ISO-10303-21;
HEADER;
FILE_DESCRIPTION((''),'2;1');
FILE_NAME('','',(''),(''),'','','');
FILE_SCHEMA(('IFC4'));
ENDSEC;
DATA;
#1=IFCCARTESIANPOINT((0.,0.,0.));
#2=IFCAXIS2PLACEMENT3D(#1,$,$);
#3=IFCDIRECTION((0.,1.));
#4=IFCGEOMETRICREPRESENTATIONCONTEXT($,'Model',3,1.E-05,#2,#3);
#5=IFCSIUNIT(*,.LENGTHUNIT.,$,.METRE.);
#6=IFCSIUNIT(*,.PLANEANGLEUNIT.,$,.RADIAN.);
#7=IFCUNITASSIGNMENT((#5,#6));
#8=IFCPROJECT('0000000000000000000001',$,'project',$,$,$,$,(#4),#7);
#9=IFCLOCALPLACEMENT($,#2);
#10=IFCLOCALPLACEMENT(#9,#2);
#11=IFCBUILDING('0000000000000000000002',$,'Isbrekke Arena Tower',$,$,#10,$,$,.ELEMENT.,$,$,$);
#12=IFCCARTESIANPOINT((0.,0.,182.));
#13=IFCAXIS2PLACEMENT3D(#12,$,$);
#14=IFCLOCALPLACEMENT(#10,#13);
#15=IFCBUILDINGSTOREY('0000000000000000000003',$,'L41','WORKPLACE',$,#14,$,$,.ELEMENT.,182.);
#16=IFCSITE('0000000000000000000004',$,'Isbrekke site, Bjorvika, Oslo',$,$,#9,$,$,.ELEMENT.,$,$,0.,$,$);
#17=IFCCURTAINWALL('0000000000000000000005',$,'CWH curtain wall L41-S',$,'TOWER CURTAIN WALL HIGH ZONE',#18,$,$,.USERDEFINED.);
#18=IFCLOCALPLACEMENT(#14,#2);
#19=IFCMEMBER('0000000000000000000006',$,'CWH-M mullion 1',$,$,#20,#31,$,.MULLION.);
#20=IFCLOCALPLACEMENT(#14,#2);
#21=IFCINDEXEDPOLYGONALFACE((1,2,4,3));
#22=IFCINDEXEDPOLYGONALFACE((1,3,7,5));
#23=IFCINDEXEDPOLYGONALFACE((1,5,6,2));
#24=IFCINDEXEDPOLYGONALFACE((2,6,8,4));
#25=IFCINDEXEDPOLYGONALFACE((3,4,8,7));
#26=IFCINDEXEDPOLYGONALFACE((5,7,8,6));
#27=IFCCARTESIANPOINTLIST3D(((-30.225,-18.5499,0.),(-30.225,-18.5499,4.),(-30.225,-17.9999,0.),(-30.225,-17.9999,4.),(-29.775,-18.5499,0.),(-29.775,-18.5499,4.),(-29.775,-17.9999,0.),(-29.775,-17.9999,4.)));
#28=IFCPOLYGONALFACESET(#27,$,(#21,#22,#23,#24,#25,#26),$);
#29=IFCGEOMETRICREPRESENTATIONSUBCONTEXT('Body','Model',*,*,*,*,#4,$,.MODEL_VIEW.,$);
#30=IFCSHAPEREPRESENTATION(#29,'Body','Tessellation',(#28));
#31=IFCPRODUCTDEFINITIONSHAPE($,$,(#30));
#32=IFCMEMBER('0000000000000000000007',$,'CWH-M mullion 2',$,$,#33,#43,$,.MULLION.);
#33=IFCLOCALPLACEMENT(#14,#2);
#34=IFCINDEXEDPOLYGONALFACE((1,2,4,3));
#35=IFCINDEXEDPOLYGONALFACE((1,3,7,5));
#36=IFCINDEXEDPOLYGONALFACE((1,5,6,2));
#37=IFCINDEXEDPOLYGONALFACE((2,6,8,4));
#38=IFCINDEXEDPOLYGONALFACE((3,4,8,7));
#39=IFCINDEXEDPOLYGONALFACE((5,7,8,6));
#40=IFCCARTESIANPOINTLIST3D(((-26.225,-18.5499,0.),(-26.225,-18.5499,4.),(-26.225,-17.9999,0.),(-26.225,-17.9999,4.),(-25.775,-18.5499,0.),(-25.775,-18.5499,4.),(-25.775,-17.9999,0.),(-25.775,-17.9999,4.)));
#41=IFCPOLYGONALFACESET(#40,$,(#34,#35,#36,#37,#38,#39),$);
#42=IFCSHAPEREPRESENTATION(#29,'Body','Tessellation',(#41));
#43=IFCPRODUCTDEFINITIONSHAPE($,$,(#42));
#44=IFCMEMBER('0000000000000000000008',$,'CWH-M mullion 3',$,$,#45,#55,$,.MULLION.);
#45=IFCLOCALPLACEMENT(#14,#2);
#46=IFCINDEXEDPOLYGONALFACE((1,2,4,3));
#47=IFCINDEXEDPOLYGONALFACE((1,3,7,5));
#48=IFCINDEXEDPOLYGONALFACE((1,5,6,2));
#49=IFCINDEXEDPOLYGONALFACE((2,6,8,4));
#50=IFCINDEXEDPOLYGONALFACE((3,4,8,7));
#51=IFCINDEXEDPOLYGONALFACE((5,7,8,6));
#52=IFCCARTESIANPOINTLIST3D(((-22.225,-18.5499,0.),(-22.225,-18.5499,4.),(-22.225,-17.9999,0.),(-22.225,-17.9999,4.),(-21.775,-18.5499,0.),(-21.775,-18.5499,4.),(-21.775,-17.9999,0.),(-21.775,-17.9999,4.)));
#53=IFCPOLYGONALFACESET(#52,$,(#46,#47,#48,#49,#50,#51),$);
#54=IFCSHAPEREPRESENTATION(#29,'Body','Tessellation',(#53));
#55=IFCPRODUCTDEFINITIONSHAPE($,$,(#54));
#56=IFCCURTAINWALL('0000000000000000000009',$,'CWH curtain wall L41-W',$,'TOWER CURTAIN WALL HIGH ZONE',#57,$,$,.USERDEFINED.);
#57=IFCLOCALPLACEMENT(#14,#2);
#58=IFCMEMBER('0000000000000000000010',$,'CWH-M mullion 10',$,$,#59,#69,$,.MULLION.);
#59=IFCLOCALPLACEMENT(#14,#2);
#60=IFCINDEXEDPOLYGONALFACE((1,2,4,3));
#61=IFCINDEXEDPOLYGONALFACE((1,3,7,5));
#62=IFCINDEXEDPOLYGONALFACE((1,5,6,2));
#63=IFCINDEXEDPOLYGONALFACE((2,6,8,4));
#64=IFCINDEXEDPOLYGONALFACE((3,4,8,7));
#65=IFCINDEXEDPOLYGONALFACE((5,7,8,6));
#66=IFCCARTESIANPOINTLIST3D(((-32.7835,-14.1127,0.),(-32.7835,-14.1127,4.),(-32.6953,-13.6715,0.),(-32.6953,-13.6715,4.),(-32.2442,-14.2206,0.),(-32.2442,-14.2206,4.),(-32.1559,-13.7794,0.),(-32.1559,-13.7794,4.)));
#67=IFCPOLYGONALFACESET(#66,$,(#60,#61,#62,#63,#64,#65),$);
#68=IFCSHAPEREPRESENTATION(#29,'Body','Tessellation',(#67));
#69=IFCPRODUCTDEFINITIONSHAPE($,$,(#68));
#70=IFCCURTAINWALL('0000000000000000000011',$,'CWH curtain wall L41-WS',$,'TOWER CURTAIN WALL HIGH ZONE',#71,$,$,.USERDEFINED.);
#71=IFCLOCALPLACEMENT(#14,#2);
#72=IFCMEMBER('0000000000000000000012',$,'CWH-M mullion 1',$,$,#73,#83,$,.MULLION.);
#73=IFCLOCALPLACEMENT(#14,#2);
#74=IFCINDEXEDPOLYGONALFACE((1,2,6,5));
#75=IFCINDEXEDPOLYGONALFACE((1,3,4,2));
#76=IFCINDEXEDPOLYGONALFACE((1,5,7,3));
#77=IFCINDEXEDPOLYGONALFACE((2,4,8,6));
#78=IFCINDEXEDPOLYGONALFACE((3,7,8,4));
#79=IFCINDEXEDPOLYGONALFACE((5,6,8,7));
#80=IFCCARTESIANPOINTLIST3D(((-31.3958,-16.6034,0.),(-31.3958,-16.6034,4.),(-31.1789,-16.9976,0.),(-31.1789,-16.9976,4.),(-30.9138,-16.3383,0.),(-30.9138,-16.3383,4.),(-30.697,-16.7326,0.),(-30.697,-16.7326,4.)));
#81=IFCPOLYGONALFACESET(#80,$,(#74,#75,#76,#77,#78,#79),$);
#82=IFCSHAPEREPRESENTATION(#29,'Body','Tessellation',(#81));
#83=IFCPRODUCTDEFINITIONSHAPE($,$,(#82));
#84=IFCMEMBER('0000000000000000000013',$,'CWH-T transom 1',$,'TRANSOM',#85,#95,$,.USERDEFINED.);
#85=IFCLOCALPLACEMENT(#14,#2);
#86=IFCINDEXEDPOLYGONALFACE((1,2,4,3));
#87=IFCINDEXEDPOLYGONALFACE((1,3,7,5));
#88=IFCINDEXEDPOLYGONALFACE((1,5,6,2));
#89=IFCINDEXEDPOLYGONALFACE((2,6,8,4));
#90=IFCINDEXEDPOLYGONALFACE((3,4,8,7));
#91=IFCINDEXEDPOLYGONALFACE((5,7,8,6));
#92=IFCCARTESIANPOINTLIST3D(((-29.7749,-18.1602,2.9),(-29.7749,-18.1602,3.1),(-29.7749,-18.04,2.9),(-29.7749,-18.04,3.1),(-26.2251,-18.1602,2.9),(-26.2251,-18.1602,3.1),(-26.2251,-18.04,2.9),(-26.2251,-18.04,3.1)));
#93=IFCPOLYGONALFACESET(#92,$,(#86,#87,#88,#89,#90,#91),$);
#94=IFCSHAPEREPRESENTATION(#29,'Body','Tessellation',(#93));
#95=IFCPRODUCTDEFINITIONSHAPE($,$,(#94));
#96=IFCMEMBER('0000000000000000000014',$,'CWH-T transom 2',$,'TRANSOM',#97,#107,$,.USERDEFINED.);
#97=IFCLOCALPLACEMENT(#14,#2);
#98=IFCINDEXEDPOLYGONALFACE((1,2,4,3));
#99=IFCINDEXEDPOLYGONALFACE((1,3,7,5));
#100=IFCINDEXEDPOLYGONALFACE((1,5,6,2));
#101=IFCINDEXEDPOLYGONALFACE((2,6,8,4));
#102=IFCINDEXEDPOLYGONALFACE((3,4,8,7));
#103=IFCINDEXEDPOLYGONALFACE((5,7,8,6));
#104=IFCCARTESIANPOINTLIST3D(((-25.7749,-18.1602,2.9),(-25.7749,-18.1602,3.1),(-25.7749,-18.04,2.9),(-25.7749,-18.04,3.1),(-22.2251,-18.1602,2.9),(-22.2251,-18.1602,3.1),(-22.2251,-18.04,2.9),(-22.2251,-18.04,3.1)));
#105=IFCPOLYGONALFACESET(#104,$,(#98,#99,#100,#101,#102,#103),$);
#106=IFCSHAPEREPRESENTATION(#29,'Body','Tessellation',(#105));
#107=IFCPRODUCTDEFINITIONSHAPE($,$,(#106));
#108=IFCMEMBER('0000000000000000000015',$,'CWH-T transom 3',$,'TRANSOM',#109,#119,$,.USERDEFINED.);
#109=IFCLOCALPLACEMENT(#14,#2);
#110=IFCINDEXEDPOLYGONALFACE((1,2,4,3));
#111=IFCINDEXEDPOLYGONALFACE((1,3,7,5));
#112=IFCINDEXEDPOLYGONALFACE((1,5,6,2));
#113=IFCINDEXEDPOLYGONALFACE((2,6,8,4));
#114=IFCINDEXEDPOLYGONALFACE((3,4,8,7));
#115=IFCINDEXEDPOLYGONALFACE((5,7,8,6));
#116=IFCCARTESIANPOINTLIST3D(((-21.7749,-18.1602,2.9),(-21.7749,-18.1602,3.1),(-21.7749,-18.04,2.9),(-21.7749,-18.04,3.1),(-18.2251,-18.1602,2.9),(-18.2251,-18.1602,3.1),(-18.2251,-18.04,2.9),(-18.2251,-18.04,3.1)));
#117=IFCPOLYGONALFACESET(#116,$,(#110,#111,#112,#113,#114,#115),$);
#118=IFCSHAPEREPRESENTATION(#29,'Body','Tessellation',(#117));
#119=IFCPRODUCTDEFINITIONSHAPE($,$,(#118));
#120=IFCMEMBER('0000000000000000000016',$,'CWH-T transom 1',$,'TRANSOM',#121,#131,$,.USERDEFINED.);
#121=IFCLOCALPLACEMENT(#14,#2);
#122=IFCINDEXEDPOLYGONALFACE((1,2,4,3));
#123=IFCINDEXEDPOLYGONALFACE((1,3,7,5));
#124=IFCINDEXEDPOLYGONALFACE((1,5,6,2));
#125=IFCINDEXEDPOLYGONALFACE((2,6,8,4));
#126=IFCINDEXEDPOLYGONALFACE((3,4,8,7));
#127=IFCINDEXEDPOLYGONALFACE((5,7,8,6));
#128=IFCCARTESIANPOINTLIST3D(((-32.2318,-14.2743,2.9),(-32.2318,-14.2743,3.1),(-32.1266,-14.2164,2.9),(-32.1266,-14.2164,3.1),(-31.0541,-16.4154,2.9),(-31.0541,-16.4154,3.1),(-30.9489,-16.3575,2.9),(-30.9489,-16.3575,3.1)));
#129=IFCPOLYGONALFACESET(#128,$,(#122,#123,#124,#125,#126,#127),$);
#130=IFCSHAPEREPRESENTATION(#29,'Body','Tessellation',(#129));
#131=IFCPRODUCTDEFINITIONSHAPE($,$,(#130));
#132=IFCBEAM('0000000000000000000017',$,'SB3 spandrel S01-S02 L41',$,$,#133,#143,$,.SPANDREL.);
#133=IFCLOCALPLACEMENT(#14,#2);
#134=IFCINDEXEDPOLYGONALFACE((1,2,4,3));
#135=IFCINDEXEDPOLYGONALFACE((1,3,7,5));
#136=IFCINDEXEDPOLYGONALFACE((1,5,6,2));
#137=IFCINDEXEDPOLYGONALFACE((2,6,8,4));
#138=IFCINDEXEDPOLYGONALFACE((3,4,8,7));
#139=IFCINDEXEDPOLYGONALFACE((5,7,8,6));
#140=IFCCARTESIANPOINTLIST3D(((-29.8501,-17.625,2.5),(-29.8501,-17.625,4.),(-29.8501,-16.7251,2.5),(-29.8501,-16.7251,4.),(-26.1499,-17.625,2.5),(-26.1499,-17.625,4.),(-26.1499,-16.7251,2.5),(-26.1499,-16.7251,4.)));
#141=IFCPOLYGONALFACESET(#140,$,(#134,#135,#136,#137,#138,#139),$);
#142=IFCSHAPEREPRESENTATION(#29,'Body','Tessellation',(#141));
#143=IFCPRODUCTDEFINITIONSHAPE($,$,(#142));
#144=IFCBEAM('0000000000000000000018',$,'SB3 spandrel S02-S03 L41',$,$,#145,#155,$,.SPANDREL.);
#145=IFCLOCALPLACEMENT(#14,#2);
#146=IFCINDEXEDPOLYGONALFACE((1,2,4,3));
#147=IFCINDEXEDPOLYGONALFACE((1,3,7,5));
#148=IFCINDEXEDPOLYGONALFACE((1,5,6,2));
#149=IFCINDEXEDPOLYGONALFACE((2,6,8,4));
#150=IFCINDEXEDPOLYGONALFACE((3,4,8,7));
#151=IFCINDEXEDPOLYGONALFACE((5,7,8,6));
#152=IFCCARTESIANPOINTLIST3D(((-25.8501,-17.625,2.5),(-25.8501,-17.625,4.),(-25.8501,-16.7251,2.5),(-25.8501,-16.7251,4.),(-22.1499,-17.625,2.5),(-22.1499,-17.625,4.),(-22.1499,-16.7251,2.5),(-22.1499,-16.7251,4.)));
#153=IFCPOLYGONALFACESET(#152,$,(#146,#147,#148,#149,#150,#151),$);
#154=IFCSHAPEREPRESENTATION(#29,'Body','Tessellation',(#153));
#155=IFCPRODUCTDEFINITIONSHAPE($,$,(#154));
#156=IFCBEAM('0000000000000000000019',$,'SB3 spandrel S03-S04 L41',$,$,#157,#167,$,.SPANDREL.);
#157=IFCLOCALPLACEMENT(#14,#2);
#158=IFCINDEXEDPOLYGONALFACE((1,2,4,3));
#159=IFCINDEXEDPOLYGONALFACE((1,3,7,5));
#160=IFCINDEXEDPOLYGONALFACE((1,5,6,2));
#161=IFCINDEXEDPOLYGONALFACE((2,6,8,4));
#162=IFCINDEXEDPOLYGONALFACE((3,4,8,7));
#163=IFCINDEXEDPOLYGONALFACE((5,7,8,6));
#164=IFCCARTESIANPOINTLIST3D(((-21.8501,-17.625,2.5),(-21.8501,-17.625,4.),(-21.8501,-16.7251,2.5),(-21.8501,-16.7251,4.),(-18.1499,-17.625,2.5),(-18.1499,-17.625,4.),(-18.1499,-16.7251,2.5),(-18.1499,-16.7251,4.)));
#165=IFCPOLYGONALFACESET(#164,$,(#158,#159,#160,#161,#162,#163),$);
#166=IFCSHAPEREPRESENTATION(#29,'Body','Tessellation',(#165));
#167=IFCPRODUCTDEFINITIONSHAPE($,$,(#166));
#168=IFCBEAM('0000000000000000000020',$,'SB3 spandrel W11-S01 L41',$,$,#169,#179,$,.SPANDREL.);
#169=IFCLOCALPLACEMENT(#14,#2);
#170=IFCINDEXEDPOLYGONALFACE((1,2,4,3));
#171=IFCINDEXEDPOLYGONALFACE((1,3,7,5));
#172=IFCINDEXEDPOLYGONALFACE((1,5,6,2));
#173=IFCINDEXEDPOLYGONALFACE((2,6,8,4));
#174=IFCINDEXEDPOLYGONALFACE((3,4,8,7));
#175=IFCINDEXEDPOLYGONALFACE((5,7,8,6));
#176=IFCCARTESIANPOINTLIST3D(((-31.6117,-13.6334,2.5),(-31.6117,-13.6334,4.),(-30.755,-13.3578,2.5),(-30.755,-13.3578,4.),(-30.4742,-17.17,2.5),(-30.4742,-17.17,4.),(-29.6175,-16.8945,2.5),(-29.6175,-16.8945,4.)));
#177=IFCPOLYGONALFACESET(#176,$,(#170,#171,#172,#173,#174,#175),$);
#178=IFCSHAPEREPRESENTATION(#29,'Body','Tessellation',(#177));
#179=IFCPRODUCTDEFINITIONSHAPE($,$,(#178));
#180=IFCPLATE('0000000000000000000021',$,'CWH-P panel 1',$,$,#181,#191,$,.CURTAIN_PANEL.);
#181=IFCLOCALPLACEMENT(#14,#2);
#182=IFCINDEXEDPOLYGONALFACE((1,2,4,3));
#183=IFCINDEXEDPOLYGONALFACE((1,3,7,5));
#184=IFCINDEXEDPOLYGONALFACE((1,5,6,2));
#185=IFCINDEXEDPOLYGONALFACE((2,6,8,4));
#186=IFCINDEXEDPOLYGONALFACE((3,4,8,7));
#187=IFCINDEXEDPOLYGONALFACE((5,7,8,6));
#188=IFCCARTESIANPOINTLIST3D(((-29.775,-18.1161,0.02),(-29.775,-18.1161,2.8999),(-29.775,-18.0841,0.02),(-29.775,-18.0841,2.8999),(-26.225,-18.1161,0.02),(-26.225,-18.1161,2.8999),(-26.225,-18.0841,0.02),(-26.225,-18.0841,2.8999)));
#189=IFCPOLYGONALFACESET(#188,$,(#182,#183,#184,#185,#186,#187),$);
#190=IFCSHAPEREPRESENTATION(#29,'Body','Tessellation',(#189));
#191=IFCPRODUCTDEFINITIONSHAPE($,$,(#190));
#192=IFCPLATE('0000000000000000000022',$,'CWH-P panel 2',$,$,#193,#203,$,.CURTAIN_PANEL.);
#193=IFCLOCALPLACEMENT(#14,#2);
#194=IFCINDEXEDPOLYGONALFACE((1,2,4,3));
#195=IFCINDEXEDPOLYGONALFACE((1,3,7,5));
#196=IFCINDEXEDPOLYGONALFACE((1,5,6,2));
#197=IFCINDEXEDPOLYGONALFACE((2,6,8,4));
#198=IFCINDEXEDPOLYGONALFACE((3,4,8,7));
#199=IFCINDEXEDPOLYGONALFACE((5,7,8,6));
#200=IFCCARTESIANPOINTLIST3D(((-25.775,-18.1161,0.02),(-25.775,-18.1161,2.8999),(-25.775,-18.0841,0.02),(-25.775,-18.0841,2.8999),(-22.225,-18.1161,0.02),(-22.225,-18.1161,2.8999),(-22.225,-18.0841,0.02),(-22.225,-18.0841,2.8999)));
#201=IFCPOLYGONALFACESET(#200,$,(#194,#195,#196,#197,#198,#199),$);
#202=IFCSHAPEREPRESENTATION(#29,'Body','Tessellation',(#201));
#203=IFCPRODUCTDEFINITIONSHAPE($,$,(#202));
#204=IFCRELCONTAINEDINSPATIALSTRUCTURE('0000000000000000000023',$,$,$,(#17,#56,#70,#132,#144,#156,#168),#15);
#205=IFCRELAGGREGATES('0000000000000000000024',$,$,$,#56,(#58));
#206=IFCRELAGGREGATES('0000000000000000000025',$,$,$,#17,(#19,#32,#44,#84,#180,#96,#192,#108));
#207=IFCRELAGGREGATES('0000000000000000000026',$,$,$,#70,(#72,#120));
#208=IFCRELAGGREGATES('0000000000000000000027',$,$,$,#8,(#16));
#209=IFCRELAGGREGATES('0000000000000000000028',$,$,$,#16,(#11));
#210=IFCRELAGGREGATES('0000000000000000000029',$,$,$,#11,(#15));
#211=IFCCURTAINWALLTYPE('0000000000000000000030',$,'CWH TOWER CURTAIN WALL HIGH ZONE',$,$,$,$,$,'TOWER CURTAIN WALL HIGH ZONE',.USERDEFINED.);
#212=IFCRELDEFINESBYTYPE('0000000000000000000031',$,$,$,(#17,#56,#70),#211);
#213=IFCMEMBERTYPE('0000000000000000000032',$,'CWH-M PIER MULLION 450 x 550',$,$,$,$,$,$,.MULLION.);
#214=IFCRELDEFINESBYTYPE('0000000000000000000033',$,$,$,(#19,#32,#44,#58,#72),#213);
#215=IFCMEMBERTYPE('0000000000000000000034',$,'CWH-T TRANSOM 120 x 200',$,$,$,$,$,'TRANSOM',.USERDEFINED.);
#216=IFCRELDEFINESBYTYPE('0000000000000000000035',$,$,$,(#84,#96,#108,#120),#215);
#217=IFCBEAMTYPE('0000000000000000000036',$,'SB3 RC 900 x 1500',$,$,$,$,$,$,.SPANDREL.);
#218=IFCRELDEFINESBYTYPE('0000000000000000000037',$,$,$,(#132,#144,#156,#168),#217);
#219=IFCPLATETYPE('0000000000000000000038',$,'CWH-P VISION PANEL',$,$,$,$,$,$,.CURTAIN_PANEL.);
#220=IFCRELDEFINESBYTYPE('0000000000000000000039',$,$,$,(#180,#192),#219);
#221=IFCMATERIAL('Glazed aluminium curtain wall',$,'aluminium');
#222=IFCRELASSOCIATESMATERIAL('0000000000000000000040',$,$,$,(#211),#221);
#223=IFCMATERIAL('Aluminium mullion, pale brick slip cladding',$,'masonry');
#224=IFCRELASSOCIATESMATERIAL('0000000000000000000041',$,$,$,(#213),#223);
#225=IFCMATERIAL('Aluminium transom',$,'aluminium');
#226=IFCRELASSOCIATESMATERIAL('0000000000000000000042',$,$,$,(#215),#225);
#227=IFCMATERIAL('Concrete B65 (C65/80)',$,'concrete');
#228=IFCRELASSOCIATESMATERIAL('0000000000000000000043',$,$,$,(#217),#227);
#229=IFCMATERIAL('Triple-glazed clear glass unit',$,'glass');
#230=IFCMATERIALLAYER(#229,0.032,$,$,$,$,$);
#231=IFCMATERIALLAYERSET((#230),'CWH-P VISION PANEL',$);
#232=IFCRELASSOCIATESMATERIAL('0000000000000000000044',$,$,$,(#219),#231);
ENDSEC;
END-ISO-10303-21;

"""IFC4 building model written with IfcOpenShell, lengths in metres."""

from ifc_helpers import new_model, si_unit, direction, frame, origin, origin_2d, place, context, subcontext, project, spatial, rectangle, extrude, material, layer, layer_set, material_profile, profile_set, type_object, element, aggregate, save


model = new_model("IFC4")

# Units and contexts
model_context = context("Model", 3, precision=1e-05, world=origin(), true_north=direction((0.0, 1.0)))
body_context = subcontext(model_context, "Body", "Model", "MODEL_VIEW")
ifc_project = project(units=[si_unit("LENGTHUNIT", "METRE"), si_unit("PLANEANGLEUNIT", "RADIAN")], contexts=[model_context])

# Site, building, storey
site_placement = place(None, origin())
site = spatial("IfcSite", under=ifc_project, at=site_placement, Name="Isbrekke site, Bjorvika, Oslo", CompositionType="ELEMENT", RefElevation=0.0)
building_placement = place(site_placement, origin())
building = spatial("IfcBuilding", under=site, at=building_placement, Name="Isbrekke Arena Tower", CompositionType="ELEMENT")
storey_placement = place(building_placement, frame((0.0, 0.0, 182.0)))
storey = spatial("IfcBuildingStorey", under=building, at=storey_placement, Name="L41", Description="WORKPLACE", CompositionType="ELEMENT", Elevation=182.0)

# Curtain wall, members
ifc_material_1 = material(Name="Glazed aluminium curtain wall", Category="aluminium")
curtain_wall_type = type_object("IfcCurtainWallType", Name="CWH TOWER CURTAIN WALL HIGH ZONE", ElementType="TOWER CURTAIN WALL HIGH ZONE", PredefinedType="USERDEFINED", material=ifc_material_1)
curtain_wall_1_placement = place(storey_placement, origin())
curtain_wall_1 = element("IfcCurtainWall", 1, at=curtain_wall_1_placement, inside=storey, type_object=curtain_wall_type, Name="CWH curtain wall L41-S", ObjectType="TOWER CURTAIN WALL HIGH ZONE", PredefinedType="USERDEFINED")
ifc_material_2 = material(Name="Aluminium mullion, pale brick slip cladding", Category="masonry")
ifc_material_profile_1 = material_profile(ifc_material_2, rectangle(XDim=0.45, YDim=0.55, at=origin_2d()), Name="PIER 450X550")
ifc_profile_set_1 = profile_set([ifc_material_profile_1], Name="Aluminium mullion, pale brick slip cladding")
member_type_1 = type_object("IfcMemberType", Name="CWH-M PIER MULLION 450 x 550", PredefinedType="MULLION", material=ifc_profile_set_1)
member_1_placement = place(storey_placement, frame((-30.0, -18.2749, 0.0), z_axis=(0.0, 0.0, 1.0), x_axis=(1.0, 0.0, 0.0)))
member_1 = element("IfcMember", 2, at=member_1_placement, type_object=member_type_1, Name="CWH-M mullion 1", PredefinedType="MULLION", context=body_context, shape_type="SweptSolid", body=[
    extrude(rectangle(XDim=0.45, YDim=0.55, at=origin_2d()), origin(), (0.0, 0.0, 1.0), 4.0),
])
member_2_placement = place(storey_placement, frame((-26.0, -18.2749, 0.0), z_axis=(0.0, 0.0, 1.0), x_axis=(1.0, 0.0, 0.0)))
member_2 = element("IfcMember", 3, at=member_2_placement, type_object=member_type_1, Name="CWH-M mullion 2", PredefinedType="MULLION", context=body_context, shape_type="SweptSolid", body=[
    extrude(rectangle(XDim=0.45, YDim=0.55, at=origin_2d()), origin(), (0.0, 0.0, 1.0), 4.0),
])
member_3_placement = place(storey_placement, frame((-22.0, -18.2749, 0.0), z_axis=(0.0, 0.0, 1.0), x_axis=(1.0, 0.0, 0.0)))
member_3 = element("IfcMember", 4, at=member_3_placement, type_object=member_type_1, Name="CWH-M mullion 3", PredefinedType="MULLION", context=body_context, shape_type="SweptSolid", body=[
    extrude(rectangle(XDim=0.45, YDim=0.55, at=origin_2d()), origin(), (0.0, 0.0, 1.0), 4.0),
])

# Curtain walls, members
curtain_wall_2_placement = place(storey_placement, origin())
curtain_wall_2 = element("IfcCurtainWall", 5, at=curtain_wall_2_placement, inside=storey, type_object=curtain_wall_type, Name="CWH curtain wall L41-W", ObjectType="TOWER CURTAIN WALL HIGH ZONE", PredefinedType="USERDEFINED")
member_4_placement = place(storey_placement, frame((-32.4697, -13.946, 0.0), z_axis=(0.0, 0.0, 1.0), x_axis=(-0.196116, -0.980581, 0.0)))
member_4 = element("IfcMember", 6, at=member_4_placement, type_object=member_type_1, Name="CWH-M mullion 10", PredefinedType="MULLION", context=body_context, shape_type="SweptSolid", body=[
    extrude(rectangle(XDim=0.45, YDim=0.55, at=origin_2d()), origin(), (0.0, 0.0, 1.0), 4.0),
])
aggregate(curtain_wall_2, [member_4])
curtain_wall_3_placement = place(storey_placement, origin())
curtain_wall_3 = element("IfcCurtainWall", 7, at=curtain_wall_3_placement, inside=storey, type_object=curtain_wall_type, Name="CWH curtain wall L41-WS", ObjectType="TOWER CURTAIN WALL HIGH ZONE", PredefinedType="USERDEFINED")
member_5_placement = place(storey_placement, frame((-31.0464, -16.668, 0.0), z_axis=(0.0, 0.0, 1.0), x_axis=(0.481919, -0.876216, 0.0)))
member_5 = element("IfcMember", 8, at=member_5_placement, type_object=member_type_1, Name="CWH-M mullion 1", PredefinedType="MULLION", context=body_context, shape_type="SweptSolid", body=[
    extrude(rectangle(XDim=0.45, YDim=0.55, at=origin_2d()), origin(), (0.0, 0.0, 1.0), 4.0),
])

# Members
ifc_material_3 = material(Name="Aluminium transom", Category="aluminium")
ifc_material_profile_2 = material_profile(ifc_material_3, rectangle(XDim=0.1201, YDim=0.2, at=origin_2d()), Name="TRANSOM 120X200")
ifc_profile_set_2 = profile_set([ifc_material_profile_2], Name="Aluminium transom")
member_type_2 = type_object("IfcMemberType", Name="CWH-T TRANSOM 120 x 200", ElementType="TRANSOM", PredefinedType="USERDEFINED", material=ifc_profile_set_2)
member_6_placement = place(storey_placement, frame((-29.7749, -18.1001, 3.0), z_axis=(1.0, 0.0, 0.0), x_axis=(0.0, 1.0, 0.0)))
member_6 = element("IfcMember", 9, at=member_6_placement, type_object=member_type_2, Name="CWH-T transom 1", ObjectType="TRANSOM", PredefinedType="USERDEFINED", context=body_context, shape_type="SweptSolid", body=[
    extrude(rectangle(XDim=0.1201, YDim=0.2, at=origin_2d()), origin(), (0.0, 0.0, 1.0), 3.5498),
])
member_7_placement = place(storey_placement, frame((-25.7749, -18.1001, 3.0), z_axis=(1.0, 0.0, 0.0), x_axis=(0.0, 1.0, 0.0)))
member_7 = element("IfcMember", 10, at=member_7_placement, type_object=member_type_2, Name="CWH-T transom 2", ObjectType="TRANSOM", PredefinedType="USERDEFINED", context=body_context, shape_type="SweptSolid", body=[
    extrude(rectangle(XDim=0.1201, YDim=0.2, at=origin_2d()), origin(), (0.0, 0.0, 1.0), 3.5498),
])
member_8_placement = place(storey_placement, frame((-21.7749, -18.1001, 3.0), z_axis=(1.0, 0.0, 0.0), x_axis=(0.0, 1.0, 0.0)))
member_8 = element("IfcMember", 11, at=member_8_placement, type_object=member_type_2, Name="CWH-T transom 3", ObjectType="TRANSOM", PredefinedType="USERDEFINED", context=body_context, shape_type="SweptSolid", body=[
    extrude(rectangle(XDim=0.1201, YDim=0.2, at=origin_2d()), origin(), (0.0, 0.0, 1.0), 3.5498),
])
member_9_placement = place(storey_placement, frame((-32.1792, -14.2454, 3.0), z_axis=(0.481957, -0.876195, 0.0), x_axis=(0.876195, 0.481957, 0.0)))
member_9 = element("IfcMember", 12, at=member_9_placement, type_object=member_type_2, Name="CWH-T transom 1", ObjectType="TRANSOM", PredefinedType="USERDEFINED", context=body_context, shape_type="SweptSolid", body=[
    extrude(rectangle(XDim=0.1201, YDim=0.2, at=origin_2d()), origin(), (0.0, 0.0, 1.0), 2.4436),
])

# Beams
ifc_material_4 = material(Name="Concrete B65 (C65/80)", Category="concrete")
ifc_material_profile_3 = material_profile(ifc_material_4, rectangle(XDim=0.8999, YDim=1.5, at=origin_2d()), Name="RC 900x1500")
ifc_profile_set_3 = profile_set([ifc_material_profile_3], Name="Concrete B65 (C65/80)")
beam_type_1 = type_object("IfcBeamType", Name="SB3 RC 900 x 1500", PredefinedType="SPANDREL", material=ifc_profile_set_3)
for number, where, z_axis, x_axis, name in (
    (13, (-29.8501, -17.175, 3.25), (1.0, 0.0, 0.0), (0.0, 1.0, 0.0), "SB3 spandrel S01-S02 L41"),
    (14, (-25.8501, -17.175, 3.25), (1.0, 0.0, 0.0), (0.0, 1.0, 0.0), "SB3 spandrel S02-S03 L41"),
    (15, (-21.8501, -17.175, 3.25), (1.0, 0.0, 0.0), (0.0, 1.0, 0.0), "SB3 spandrel S03-S04 L41"),
):
    element("IfcBeam", number, at=place(storey_placement, frame(where, z_axis=z_axis, x_axis=x_axis)), inside=storey, type_object=beam_type_1, Name=name, PredefinedType="SPANDREL", context=body_context, shape_type="SweptSolid", body=[
        extrude(rectangle(XDim=0.8999, YDim=1.5, at=origin_2d()), origin(), (0.0, 0.0, 1.0), 3.7002),
    ])
beam_1_placement = place(storey_placement, frame((-31.1833, -13.4956, 3.25), z_axis=(0.306175, -0.951975, 0.0), x_axis=(0.951975, 0.306175, 0.0)))
element("IfcBeam", 16, at=beam_1_placement, inside=storey, type_object=beam_type_1, Name="SB3 spandrel W11-S01 L41", PredefinedType="SPANDREL", context=body_context, shape_type="SweptSolid", body=[
    extrude(rectangle(XDim=0.8999, YDim=1.5, at=origin_2d()), origin(), (0.0, 0.0, 1.0), 3.7151),
])

# Plates
ifc_material_5 = material(Name="Triple-glazed clear glass unit", Category="glass")
ifc_layer = layer(ifc_material_5, 0.032)
ifc_layer_set = layer_set([ifc_layer], Name="CWH-P VISION PANEL")
plate_type = type_object("IfcPlateType", Name="CWH-P VISION PANEL", PredefinedType="CURTAIN_PANEL", material=ifc_layer_set)
plate_1_placement = place(storey_placement, frame((-28.0, -18.1001, 0.02), z_axis=(0.0, 0.0, 1.0), x_axis=(1.0, 0.0, 0.0)))
plate_1 = element("IfcPlate", 17, at=plate_1_placement, type_object=plate_type, Name="CWH-P panel 1", PredefinedType="CURTAIN_PANEL", context=body_context, shape_type="SweptSolid", body=[
    extrude(rectangle(XDim=3.55, YDim=0.032, at=origin_2d()), origin(), (0.0, 0.0, 1.0), 2.8799),
])
plate_2_placement = place(storey_placement, frame((-24.0, -18.1001, 0.02), z_axis=(0.0, 0.0, 1.0), x_axis=(1.0, 0.0, 0.0)))
plate_2 = element("IfcPlate", 18, at=plate_2_placement, type_object=plate_type, Name="CWH-P panel 2", PredefinedType="CURTAIN_PANEL", context=body_context, shape_type="SweptSolid", body=[
    extrude(rectangle(XDim=3.55, YDim=0.032, at=origin_2d()), origin(), (0.0, 0.0, 1.0), 2.8799),
])
aggregate(curtain_wall_1, [member_1, member_2, member_3, member_6, plate_1, member_7, plate_2, member_8])
aggregate(curtain_wall_3, [member_5, member_9])

save(model, "model.ifc")
